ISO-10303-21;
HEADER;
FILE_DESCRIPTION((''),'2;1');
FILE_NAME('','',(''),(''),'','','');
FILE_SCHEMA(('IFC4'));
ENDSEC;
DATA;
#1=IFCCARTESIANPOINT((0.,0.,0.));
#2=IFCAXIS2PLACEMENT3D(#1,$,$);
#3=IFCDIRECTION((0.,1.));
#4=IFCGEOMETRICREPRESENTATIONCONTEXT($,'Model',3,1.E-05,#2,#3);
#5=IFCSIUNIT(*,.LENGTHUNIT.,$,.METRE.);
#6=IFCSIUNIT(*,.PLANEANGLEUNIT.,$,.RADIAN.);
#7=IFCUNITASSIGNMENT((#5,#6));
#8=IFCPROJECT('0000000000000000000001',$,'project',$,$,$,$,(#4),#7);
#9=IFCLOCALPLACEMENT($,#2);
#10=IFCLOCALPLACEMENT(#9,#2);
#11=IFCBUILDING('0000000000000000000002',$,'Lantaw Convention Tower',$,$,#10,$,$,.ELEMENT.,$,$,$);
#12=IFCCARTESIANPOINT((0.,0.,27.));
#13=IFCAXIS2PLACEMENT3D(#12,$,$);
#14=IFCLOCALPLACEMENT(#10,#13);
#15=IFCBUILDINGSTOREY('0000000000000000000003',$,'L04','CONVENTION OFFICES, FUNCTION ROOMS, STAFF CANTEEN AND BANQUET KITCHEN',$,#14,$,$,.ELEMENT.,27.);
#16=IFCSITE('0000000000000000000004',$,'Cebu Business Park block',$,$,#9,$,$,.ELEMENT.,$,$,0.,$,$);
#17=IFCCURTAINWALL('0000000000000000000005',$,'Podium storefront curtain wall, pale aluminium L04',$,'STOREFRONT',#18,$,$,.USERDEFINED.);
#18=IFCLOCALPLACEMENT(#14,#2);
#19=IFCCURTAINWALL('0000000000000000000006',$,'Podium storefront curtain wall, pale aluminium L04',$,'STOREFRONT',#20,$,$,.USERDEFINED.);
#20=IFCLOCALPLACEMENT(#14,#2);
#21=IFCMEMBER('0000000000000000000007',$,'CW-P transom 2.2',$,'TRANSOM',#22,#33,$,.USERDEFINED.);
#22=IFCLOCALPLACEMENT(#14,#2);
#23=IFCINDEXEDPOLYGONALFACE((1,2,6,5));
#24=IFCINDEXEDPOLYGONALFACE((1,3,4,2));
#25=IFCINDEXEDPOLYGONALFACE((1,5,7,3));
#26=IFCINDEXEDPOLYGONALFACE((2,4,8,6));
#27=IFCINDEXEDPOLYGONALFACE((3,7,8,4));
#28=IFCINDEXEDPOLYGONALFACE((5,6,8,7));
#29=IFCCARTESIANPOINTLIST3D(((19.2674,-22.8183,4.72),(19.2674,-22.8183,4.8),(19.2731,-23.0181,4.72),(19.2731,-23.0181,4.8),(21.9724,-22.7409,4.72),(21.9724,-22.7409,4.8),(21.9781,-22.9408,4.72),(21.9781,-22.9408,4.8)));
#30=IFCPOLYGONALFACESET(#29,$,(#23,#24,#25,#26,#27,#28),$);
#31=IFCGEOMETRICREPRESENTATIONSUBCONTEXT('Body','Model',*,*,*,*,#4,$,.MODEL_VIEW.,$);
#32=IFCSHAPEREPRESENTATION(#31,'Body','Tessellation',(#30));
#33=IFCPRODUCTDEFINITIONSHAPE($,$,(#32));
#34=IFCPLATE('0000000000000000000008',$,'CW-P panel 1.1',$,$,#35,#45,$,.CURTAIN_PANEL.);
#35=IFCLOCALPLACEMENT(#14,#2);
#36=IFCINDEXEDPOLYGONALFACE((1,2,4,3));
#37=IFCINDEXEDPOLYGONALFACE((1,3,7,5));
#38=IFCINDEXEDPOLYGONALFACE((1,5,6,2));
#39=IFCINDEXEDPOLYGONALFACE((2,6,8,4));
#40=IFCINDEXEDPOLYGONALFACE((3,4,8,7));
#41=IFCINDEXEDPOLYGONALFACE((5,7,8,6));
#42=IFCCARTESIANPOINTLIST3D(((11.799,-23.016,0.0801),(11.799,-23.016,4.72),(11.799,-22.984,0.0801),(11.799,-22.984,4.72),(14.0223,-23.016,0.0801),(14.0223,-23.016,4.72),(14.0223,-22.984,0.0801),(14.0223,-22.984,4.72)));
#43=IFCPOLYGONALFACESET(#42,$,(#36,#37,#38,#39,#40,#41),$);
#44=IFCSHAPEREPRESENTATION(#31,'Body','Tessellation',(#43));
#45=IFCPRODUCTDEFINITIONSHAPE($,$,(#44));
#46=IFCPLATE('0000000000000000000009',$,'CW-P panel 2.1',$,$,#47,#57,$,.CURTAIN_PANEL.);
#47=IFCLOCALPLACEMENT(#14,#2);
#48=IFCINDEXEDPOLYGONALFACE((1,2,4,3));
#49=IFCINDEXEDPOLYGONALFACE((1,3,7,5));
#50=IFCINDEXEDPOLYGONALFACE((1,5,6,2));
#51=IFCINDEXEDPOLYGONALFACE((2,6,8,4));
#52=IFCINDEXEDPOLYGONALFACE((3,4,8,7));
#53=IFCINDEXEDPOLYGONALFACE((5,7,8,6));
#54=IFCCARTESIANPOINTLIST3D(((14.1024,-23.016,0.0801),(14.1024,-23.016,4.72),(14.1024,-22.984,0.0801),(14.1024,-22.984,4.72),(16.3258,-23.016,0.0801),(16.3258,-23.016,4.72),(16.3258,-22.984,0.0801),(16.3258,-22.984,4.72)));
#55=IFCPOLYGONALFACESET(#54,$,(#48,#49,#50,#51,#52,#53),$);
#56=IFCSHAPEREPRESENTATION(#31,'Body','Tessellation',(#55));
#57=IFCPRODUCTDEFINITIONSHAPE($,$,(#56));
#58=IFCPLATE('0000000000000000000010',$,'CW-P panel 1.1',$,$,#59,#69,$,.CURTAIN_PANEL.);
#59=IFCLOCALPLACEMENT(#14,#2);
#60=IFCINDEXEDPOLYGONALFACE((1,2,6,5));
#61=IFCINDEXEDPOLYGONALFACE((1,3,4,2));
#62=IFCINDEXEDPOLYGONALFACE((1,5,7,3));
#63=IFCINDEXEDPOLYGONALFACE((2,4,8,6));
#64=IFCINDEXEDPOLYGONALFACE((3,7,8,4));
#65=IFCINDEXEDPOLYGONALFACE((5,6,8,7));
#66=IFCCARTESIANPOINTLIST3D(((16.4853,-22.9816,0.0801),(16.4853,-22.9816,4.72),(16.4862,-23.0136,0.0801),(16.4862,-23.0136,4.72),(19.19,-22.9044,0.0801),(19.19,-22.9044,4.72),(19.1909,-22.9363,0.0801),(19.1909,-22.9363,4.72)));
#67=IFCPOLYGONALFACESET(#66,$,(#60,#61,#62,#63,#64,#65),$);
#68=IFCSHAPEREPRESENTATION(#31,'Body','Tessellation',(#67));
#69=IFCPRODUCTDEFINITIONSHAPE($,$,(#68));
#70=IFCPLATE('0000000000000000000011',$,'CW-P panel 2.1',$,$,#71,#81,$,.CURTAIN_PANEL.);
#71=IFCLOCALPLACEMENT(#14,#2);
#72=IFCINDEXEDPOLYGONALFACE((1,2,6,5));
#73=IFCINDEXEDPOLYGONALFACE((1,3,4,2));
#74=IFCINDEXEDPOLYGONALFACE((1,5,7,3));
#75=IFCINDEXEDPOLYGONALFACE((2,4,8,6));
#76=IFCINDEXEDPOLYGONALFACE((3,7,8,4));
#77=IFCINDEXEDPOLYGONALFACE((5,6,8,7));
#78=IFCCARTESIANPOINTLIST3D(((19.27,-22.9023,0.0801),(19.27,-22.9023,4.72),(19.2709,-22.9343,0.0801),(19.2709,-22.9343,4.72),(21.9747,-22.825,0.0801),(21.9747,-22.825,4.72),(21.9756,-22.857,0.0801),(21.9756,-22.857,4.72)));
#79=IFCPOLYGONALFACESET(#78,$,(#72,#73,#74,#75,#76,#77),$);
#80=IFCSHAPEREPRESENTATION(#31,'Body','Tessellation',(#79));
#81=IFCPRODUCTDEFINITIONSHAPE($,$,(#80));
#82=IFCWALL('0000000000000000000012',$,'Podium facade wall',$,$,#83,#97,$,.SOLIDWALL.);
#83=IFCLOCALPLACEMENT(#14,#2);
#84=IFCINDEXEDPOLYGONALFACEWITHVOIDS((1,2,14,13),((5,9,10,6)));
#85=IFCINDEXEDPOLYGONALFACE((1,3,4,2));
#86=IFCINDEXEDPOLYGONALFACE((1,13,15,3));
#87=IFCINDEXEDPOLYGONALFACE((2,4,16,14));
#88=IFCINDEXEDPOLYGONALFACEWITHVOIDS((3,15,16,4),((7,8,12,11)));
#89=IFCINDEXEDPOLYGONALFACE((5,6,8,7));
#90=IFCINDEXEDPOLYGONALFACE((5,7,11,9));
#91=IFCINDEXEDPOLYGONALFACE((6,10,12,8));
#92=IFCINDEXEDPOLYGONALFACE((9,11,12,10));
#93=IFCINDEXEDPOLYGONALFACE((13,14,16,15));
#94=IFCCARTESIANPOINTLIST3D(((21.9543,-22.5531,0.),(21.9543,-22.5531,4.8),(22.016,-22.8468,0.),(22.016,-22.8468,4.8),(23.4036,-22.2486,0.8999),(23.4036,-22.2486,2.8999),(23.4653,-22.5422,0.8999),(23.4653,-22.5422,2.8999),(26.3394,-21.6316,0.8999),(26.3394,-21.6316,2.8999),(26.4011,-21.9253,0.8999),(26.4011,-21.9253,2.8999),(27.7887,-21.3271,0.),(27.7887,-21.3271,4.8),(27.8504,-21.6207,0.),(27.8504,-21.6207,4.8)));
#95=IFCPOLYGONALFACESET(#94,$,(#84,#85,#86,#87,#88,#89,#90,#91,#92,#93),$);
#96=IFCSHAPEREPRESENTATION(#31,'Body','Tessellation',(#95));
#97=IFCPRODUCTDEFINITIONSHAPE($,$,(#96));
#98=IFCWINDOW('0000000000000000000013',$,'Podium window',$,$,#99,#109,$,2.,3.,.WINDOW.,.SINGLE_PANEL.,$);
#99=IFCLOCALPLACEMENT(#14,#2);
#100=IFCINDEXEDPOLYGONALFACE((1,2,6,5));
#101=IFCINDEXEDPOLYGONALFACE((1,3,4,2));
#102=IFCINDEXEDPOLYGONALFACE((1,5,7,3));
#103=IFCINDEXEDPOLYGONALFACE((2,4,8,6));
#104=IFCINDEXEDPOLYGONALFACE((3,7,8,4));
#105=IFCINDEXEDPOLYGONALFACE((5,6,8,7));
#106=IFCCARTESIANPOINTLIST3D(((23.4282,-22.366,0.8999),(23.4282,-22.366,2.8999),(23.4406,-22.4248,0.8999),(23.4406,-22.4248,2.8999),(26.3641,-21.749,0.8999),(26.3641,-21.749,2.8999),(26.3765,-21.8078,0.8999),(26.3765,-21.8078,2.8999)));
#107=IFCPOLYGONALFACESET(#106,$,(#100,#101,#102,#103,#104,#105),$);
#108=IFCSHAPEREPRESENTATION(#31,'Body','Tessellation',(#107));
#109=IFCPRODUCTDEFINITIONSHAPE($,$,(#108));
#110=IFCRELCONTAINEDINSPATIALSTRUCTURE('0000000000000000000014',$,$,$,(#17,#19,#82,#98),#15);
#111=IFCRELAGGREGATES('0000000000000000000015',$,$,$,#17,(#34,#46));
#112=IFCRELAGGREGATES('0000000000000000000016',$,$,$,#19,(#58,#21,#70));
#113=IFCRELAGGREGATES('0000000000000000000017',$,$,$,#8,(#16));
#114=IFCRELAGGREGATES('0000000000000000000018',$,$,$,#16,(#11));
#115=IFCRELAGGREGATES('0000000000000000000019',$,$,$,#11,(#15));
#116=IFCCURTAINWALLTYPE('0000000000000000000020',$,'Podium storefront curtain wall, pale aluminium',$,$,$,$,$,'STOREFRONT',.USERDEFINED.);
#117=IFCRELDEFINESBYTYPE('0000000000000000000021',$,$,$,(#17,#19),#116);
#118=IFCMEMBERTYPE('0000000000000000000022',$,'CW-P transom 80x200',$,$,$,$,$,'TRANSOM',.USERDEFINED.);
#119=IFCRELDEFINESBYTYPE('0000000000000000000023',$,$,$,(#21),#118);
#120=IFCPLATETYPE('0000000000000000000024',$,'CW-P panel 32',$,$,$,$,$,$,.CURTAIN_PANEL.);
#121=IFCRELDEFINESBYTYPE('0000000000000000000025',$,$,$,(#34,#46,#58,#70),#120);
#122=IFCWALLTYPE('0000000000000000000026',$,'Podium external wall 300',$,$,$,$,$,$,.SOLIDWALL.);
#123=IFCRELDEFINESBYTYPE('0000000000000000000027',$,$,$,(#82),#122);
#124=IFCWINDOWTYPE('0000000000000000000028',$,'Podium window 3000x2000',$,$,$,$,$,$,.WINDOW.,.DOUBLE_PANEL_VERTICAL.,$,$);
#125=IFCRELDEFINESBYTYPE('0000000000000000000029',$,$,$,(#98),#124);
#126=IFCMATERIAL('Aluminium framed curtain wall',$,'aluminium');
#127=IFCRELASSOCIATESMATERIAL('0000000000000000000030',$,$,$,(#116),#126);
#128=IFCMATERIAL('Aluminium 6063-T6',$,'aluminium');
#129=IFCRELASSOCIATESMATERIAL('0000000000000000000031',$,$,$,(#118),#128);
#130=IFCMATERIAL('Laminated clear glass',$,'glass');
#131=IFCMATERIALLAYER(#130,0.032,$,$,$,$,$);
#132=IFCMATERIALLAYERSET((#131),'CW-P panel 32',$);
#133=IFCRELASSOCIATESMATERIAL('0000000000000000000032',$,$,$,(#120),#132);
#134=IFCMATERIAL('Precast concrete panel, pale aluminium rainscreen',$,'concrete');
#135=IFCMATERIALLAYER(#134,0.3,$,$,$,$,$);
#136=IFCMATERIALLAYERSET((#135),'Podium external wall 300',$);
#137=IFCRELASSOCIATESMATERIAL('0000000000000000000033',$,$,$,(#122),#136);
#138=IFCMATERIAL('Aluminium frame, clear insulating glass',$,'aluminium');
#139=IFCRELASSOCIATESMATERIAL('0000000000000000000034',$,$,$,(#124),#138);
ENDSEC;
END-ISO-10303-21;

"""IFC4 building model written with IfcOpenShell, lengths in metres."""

from ifc_helpers import new_model, si_unit, direction, frame, frame_2d, origin, origin_2d, place, context, subcontext, project, spatial, rectangle, extrude, material, layer, layer_set, material_profile, profile_set, type_object, element, fill, aggregate, save


model = new_model("IFC4")

# Units and contexts
model_context = context("Model", 3, precision=1e-05, world=origin(), true_north=direction((0.0, 1.0)))
body_context = subcontext(model_context, "Body", "Model", "MODEL_VIEW")
ifc_project = project(units=[si_unit("LENGTHUNIT", "METRE"), si_unit("PLANEANGLEUNIT", "RADIAN")], contexts=[model_context])

# Site, building, storey
site_placement = place(None, origin())
site = spatial("IfcSite", under=ifc_project, at=site_placement, Name="Cebu Business Park block", CompositionType="ELEMENT", RefElevation=0.0)
building_placement = place(site_placement, origin())
building = spatial("IfcBuilding", under=site, at=building_placement, Name="Lantaw Convention Tower", CompositionType="ELEMENT")
storey_placement = place(building_placement, frame((0.0, 0.0, 27.0)))
storey = spatial("IfcBuildingStorey", under=building, at=storey_placement, Name="L04", Description="CONVENTION OFFICES, FUNCTION ROOMS, STAFF CANTEEN AND BANQUET KITCHEN", CompositionType="ELEMENT", Elevation=27.0)

# Curtain walls
ifc_material_1 = material(Name="Aluminium framed curtain wall", Category="aluminium")
curtain_wall_type = type_object("IfcCurtainWallType", Name="Podium storefront curtain wall, pale aluminium", ElementType="STOREFRONT", PredefinedType="USERDEFINED", material=ifc_material_1)
curtain_wall_1_placement = place(storey_placement, origin())
curtain_wall_1 = element("IfcCurtainWall", 1, at=curtain_wall_1_placement, inside=storey, type_object=curtain_wall_type, Name="Podium storefront curtain wall, pale aluminium L04", ObjectType="STOREFRONT", PredefinedType="USERDEFINED")
ifc_material_2 = material(Name="Aluminium 6063-T6", Category="aluminium")
curtain_wall_2_placement = place(storey_placement, origin())
curtain_wall_2 = element("IfcCurtainWall", 2, at=curtain_wall_2_placement, inside=storey, type_object=curtain_wall_type, Name="Podium storefront curtain wall, pale aluminium L04", ObjectType="STOREFRONT", PredefinedType="USERDEFINED")

# Member
ifc_material_profile_1 = material_profile(ifc_material_2, rectangle(XDim=0.2, YDim=0.0801, at=origin_2d()), Name="CW-P transom 80x200")
ifc_profile_set_1 = profile_set([ifc_material_profile_1], Name="Aluminium 6063-T6")
member_type_1 = type_object("IfcMemberType", Name="CW-P transom 80x200", ElementType="TRANSOM", PredefinedType="USERDEFINED", material=ifc_profile_set_1)
member_1_placement = place(storey_placement, frame((19.2703, -22.9182, 4.76), z_axis=(0.999591, 0.028601, 0.0), x_axis=(-0.028601, 0.999591, 0.0)))
member_1 = element("IfcMember", 3, at=member_1_placement, type_object=member_type_1, Name="CW-P transom 2.2", ObjectType="TRANSOM", PredefinedType="USERDEFINED", context=body_context, shape_type="SweptSolid", body=[
    extrude(rectangle(XDim=0.2, YDim=0.0801, at=origin_2d()), origin(), (0.0, 0.0, 1.0), 2.7061),
])

# Plates
ifc_material_3 = material(Name="Laminated clear glass", Category="glass")
ifc_layer_1 = layer(ifc_material_3, 0.032)
ifc_layer_set_1 = layer_set([ifc_layer_1], Name="CW-P panel 32")
plate_type = type_object("IfcPlateType", Name="CW-P panel 32", PredefinedType="CURTAIN_PANEL", material=ifc_layer_set_1)
plate_1_placement = place(storey_placement, frame((12.9106, -23.0, 0.0801), z_axis=(0.0, 0.0, 1.0), x_axis=(1.0, 0.0, 0.0)))
plate_1 = element("IfcPlate", 4, at=plate_1_placement, type_object=plate_type, Name="CW-P panel 1.1", PredefinedType="CURTAIN_PANEL", context=body_context, shape_type="SweptSolid", body=[
    extrude(rectangle(XDim=2.2234, YDim=0.032, at=origin_2d()), origin(), (0.0, 0.0, 1.0), 4.6399),
])
plate_2_placement = place(storey_placement, frame((15.2141, -23.0, 0.0801), z_axis=(0.0, 0.0, 1.0), x_axis=(1.0, 0.0, 0.0)))
plate_2 = element("IfcPlate", 5, at=plate_2_placement, type_object=plate_type, Name="CW-P panel 2.1", PredefinedType="CURTAIN_PANEL", context=body_context, shape_type="SweptSolid", body=[
    extrude(rectangle(XDim=2.2234, YDim=0.032, at=origin_2d()), origin(), (0.0, 0.0, 1.0), 4.6399),
])
aggregate(curtain_wall_1, [plate_1, plate_2])
plate_3_placement = place(storey_placement, frame((17.8381, -22.959, 0.0801), z_axis=(0.0, 0.0, 1.0), x_axis=(0.999592, 0.028552, 0.0)))
plate_3 = element("IfcPlate", 6, at=plate_3_placement, type_object=plate_type, Name="CW-P panel 1.1", PredefinedType="CURTAIN_PANEL", context=body_context, shape_type="SweptSolid", body=[
    extrude(rectangle(XDim=2.7058, YDim=0.032, at=origin_2d()), origin(), (0.0, 0.0, 1.0), 4.6399),
])
plate_4_placement = place(storey_placement, frame((20.6228, -22.8796, 0.0801), z_axis=(0.0, 0.0, 1.0), x_axis=(0.999592, 0.028552, 0.0)))
plate_4 = element("IfcPlate", 7, at=plate_4_placement, type_object=plate_type, Name="CW-P panel 2.1", PredefinedType="CURTAIN_PANEL", context=body_context, shape_type="SweptSolid", body=[
    extrude(rectangle(XDim=2.7058, YDim=0.032, at=origin_2d()), origin(), (0.0, 0.0, 1.0), 4.6399),
])
aggregate(curtain_wall_2, [plate_3, member_1, plate_4])

# Wall, opening, window
ifc_material_4 = material(Name="Precast concrete panel, pale aluminium rainscreen", Category="concrete")
ifc_layer_2 = layer(ifc_material_4, 0.3)
ifc_layer_set_2 = layer_set([ifc_layer_2], Name="Podium external wall 300")
wall_type = type_object("IfcWallType", Name="Podium external wall 300", PredefinedType="SOLIDWALL", material=ifc_layer_set_2)
wall_placement = place(storey_placement, frame((21.9851, -22.7, 0.0), z_axis=(0.0, 0.0, 1.0), x_axis=(0.978625, 0.205651, 0.0)))
wall = element("IfcWall", 8, at=wall_placement, inside=storey, type_object=wall_type, Name="Podium facade wall", PredefinedType="SOLIDWALL", context=body_context, shape_type="SweptSolid", body=[
    extrude(rectangle(XDim=5.9619, YDim=0.3, at=frame_2d((2.981, 0.0))), origin(), (0.0, 0.0, 1.0), 4.8),
])
opening_placement = place(wall_placement, frame((1.481, 0.0, 0.8999)))
opening = element("IfcOpeningElement", 9, at=opening_placement, cuts=wall, PredefinedType="OPENING", context=body_context, shape_type="SweptSolid", body=[
    extrude(rectangle(XDim=3.0, YDim=2.0, at=frame_2d((1.5, 1.0))), frame((0.0, 0.1599, 0.0), z_axis=(0.0, -1.0, 0.0), x_axis=(1.0, 0.0, 0.0)), (0.0, 0.0, 1.0), 0.3201),
])
ifc_material_5 = material(Name="Aluminium frame, clear insulating glass", Category="aluminium")
window_type = type_object("IfcWindowType", Name="Podium window 3000x2000", PartitioningType="DOUBLE_PANEL_VERTICAL", PredefinedType="WINDOW", material=ifc_material_5)
window_placement = place(opening_placement, origin())
window = element("IfcWindow", 10, at=window_placement, inside=storey, type_object=window_type, Name="Podium window", OverallHeight=2.0, OverallWidth=3.0, PartitioningType="SINGLE_PANEL", PredefinedType="WINDOW", context=body_context, shape_type="SweptSolid", body=[
    extrude(rectangle(XDim=3.0, YDim=2.0, at=frame_2d((1.5, 1.0))), frame((0.0, 0.03, 0.0), z_axis=(0.0, -1.0, 0.0), x_axis=(1.0, 0.0, 0.0)), (0.0, 0.0, 1.0), 0.0601),
])
fill(opening, window)

save(model, "model.ifc")
